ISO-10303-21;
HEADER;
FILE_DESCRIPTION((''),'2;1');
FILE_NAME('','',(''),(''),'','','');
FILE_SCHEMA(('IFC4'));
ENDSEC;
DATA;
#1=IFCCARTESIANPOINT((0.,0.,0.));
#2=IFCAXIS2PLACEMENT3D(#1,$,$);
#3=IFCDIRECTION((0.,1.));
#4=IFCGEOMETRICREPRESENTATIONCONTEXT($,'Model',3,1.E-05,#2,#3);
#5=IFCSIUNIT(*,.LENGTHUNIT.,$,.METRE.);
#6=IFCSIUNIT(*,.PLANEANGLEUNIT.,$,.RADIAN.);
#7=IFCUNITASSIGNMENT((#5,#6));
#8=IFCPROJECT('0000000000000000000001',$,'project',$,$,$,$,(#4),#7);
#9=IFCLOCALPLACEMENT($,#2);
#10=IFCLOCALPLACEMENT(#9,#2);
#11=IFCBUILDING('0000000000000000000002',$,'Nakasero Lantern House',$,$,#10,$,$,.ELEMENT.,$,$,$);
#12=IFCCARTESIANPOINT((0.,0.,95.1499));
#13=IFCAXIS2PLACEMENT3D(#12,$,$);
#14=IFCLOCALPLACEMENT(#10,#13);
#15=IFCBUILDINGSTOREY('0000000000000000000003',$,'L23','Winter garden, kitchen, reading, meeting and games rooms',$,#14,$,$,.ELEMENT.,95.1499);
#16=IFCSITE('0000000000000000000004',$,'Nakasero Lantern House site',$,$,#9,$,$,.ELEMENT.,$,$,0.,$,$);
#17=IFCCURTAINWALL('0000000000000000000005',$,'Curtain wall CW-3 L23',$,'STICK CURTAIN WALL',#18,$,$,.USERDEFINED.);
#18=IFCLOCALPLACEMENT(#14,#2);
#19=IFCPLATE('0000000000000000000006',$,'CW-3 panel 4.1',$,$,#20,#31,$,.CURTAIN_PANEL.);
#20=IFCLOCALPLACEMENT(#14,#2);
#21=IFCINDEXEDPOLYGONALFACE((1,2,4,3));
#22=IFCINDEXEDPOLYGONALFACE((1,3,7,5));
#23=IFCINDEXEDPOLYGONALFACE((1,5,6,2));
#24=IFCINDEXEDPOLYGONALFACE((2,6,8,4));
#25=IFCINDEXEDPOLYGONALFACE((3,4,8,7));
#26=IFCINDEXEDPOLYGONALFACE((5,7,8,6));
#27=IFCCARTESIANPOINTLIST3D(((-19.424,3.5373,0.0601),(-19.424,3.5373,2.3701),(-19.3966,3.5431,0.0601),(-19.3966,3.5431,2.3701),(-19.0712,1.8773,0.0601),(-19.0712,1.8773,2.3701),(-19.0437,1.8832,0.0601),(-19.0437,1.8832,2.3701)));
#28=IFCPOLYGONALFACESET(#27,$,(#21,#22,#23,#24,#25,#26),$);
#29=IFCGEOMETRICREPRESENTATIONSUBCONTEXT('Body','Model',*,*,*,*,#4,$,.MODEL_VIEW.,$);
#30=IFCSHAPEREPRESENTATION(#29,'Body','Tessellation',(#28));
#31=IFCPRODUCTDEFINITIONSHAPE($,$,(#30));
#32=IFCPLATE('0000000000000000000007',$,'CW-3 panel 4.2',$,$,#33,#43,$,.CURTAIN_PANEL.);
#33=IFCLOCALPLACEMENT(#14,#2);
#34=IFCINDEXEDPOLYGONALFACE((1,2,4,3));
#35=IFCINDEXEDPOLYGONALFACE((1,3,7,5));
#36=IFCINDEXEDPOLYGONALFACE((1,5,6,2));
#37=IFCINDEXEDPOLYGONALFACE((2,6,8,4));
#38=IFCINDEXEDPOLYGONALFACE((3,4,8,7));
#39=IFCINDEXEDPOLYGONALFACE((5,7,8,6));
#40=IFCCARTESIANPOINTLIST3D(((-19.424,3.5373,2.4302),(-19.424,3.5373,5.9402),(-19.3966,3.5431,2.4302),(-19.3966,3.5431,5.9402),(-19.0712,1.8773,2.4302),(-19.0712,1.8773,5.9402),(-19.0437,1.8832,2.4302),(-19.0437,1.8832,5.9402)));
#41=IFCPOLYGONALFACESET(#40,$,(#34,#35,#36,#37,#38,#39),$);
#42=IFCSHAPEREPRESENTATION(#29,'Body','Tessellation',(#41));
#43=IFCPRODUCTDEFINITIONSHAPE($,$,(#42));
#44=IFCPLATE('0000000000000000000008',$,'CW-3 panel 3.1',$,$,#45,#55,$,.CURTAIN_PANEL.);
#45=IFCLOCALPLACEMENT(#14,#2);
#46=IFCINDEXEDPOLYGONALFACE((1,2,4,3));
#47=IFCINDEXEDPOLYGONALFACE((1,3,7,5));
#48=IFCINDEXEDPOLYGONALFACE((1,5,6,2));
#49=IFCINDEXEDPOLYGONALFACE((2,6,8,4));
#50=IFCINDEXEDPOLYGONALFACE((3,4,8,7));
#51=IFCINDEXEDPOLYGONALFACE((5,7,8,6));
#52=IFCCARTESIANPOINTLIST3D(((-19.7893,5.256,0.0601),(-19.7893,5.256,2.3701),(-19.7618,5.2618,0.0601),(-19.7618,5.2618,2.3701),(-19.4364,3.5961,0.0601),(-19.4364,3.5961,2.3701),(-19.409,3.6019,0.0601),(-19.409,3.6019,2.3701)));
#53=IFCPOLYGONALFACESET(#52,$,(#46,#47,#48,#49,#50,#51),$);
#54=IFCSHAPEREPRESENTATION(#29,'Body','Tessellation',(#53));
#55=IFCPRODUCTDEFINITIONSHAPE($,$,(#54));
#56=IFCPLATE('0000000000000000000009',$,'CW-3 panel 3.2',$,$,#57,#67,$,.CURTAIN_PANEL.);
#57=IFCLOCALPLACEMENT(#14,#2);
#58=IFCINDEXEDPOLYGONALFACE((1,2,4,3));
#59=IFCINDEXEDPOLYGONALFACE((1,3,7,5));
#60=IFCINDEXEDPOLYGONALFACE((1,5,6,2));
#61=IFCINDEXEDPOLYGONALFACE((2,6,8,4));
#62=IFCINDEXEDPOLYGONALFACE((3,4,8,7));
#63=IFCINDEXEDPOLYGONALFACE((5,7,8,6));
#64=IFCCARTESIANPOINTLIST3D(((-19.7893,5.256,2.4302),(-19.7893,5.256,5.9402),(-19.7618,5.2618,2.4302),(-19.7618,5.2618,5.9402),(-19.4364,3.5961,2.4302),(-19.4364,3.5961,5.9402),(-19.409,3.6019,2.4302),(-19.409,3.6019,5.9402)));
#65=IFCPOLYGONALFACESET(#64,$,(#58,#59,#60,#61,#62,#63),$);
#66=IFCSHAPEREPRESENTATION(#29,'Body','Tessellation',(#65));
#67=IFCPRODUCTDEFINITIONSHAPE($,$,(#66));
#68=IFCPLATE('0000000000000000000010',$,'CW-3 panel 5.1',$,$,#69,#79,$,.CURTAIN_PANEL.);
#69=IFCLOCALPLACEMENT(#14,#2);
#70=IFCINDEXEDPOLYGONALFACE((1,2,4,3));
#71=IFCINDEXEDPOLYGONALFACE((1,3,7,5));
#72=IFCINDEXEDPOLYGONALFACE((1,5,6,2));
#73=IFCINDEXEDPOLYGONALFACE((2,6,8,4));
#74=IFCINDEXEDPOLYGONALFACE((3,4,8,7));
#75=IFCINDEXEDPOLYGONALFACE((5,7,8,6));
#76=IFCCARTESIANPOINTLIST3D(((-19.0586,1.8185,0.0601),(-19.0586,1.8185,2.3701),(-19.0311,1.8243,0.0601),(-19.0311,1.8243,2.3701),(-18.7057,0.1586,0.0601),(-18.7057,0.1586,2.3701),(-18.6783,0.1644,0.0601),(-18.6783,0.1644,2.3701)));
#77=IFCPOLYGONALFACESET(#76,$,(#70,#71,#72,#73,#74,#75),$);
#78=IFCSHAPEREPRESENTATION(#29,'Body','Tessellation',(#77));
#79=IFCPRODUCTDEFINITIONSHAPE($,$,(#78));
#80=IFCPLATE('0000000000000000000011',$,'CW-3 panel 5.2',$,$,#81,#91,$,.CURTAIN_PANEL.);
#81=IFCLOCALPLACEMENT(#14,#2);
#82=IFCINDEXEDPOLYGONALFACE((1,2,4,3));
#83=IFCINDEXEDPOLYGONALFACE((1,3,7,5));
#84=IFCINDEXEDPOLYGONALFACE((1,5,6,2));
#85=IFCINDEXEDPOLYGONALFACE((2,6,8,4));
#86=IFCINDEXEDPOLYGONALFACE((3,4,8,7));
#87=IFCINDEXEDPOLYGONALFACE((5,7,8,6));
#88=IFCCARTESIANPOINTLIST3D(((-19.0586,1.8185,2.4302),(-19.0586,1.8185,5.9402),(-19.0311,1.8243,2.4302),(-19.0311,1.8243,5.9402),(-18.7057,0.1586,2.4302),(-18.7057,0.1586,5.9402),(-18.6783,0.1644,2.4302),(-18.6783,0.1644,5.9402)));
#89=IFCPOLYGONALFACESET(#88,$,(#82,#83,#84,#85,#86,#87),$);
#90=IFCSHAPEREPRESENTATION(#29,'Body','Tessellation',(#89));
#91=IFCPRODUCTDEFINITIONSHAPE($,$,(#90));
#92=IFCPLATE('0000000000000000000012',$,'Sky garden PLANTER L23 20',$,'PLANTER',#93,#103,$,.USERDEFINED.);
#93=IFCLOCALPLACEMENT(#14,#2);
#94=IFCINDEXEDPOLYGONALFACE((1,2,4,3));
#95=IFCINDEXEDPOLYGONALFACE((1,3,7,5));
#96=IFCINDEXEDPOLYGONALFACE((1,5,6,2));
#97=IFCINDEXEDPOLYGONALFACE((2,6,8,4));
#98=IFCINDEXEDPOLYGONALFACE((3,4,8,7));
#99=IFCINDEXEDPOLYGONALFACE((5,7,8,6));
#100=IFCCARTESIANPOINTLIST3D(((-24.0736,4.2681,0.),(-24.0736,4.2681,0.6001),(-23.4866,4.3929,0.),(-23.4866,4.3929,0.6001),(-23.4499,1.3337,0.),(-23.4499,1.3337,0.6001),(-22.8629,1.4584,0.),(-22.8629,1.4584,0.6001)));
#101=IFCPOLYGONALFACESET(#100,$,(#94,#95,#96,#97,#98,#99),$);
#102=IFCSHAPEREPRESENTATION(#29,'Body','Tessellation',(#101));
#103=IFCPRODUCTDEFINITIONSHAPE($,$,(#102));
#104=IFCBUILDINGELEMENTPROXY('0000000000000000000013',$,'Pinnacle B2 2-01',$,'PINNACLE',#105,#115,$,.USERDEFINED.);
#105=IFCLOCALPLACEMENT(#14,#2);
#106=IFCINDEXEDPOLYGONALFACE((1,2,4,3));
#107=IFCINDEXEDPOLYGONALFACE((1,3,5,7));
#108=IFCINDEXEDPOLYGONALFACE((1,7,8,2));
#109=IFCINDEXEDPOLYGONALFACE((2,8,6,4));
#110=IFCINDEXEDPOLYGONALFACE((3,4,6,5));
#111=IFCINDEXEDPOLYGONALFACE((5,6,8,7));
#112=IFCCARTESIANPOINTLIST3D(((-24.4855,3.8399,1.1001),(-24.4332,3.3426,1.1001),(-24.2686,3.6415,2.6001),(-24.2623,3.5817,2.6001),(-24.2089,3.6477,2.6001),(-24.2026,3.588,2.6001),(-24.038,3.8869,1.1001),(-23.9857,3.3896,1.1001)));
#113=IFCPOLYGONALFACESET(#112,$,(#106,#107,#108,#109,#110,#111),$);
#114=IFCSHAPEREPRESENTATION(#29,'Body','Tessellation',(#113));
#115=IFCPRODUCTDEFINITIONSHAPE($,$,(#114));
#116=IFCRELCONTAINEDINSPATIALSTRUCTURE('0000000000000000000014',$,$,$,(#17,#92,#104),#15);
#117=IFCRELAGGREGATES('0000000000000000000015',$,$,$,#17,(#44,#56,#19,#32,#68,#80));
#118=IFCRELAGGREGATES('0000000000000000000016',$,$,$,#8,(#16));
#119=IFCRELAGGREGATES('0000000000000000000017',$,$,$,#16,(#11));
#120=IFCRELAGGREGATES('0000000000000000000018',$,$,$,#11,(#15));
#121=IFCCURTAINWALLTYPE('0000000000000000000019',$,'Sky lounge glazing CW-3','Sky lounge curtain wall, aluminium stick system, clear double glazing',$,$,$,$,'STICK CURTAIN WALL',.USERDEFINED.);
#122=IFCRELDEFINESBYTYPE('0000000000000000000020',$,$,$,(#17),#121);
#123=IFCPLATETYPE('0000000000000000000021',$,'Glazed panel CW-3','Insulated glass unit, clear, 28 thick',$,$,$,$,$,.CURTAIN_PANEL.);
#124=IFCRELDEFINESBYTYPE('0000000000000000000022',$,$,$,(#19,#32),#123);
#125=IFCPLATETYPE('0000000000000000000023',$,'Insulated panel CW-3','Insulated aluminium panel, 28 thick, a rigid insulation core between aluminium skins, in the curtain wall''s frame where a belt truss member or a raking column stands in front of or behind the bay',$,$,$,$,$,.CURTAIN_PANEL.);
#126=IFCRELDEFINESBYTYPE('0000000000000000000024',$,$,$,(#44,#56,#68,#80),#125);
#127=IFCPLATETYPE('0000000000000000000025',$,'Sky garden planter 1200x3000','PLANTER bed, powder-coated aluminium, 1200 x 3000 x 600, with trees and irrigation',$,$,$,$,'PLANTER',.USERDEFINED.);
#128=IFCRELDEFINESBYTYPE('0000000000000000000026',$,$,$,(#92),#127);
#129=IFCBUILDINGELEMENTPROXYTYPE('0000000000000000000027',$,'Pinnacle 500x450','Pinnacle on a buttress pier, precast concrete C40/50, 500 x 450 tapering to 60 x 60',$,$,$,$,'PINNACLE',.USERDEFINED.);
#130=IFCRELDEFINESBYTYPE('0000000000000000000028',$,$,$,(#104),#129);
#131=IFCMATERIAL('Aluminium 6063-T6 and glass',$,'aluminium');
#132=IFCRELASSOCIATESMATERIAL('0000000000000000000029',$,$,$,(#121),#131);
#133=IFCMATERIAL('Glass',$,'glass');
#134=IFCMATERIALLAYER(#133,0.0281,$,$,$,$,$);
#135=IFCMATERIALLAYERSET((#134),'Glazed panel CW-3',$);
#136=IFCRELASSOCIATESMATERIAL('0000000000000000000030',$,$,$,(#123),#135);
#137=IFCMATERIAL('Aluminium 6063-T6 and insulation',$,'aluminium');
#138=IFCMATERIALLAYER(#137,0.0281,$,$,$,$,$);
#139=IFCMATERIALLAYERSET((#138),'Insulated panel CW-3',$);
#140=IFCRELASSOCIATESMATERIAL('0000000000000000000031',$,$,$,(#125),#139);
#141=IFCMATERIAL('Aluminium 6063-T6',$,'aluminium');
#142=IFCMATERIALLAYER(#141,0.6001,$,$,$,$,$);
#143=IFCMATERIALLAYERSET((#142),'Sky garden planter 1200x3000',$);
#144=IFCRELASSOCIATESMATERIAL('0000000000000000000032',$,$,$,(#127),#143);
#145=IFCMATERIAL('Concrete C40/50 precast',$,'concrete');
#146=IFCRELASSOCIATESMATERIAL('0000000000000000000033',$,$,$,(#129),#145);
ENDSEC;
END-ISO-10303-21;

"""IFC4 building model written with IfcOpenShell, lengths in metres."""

from ifc_helpers import new_model, entity, si_unit, direction, frame, origin, origin_2d, place, context, subcontext, project, spatial, rectangle, extrude, material, layer, layer_set, type_object, element, aggregate, save


model = new_model("IFC4")

# Units and contexts
model_context = context("Model", 3, precision=1e-05, world=origin(), true_north=direction((0.0, 1.0)))
body_context = subcontext(model_context, "Body", "Model", "MODEL_VIEW")
ifc_project = project(units=[si_unit("LENGTHUNIT", "METRE"), si_unit("PLANEANGLEUNIT", "RADIAN")], contexts=[model_context])

# Site, building, storey
site_placement = place(None, origin())
site = spatial("IfcSite", under=ifc_project, at=site_placement, Name="Nakasero Lantern House site", CompositionType="ELEMENT", RefElevation=0.0)
building_placement = place(site_placement, origin())
building = spatial("IfcBuilding", under=site, at=building_placement, Name="Nakasero Lantern House", CompositionType="ELEMENT")
storey_placement = place(building_placement, frame((0.0, 0.0, 95.1499)))
storey = spatial("IfcBuildingStorey", under=building, at=storey_placement, Name="L23", Description="Winter garden, kitchen, reading, meeting and games rooms", CompositionType="ELEMENT", Elevation=95.1499)

# Curtain wall
ifc_material_1 = material(Name="Aluminium 6063-T6 and glass", Category="aluminium")
curtain_wall_type = type_object("IfcCurtainWallType", Name="Sky lounge glazing CW-3", Description="Sky lounge curtain wall, aluminium stick system, clear double glazing", ElementType="STICK CURTAIN WALL", PredefinedType="USERDEFINED", material=ifc_material_1)
curtain_wall_placement = place(storey_placement, origin())
curtain_wall = element("IfcCurtainWall", 1, at=curtain_wall_placement, inside=storey, type_object=curtain_wall_type, Name="Curtain wall CW-3 L23", ObjectType="STICK CURTAIN WALL", PredefinedType="USERDEFINED")

# Plates
ifc_material_2 = material(Name="Glass", Category="glass")
ifc_layer_1 = layer(ifc_material_2, 0.0281)
ifc_layer_set_1 = layer_set([ifc_layer_1], Name="Glazed panel CW-3")
plate_type_1 = type_object("IfcPlateType", Name="Glazed panel CW-3", Description="Insulated glass unit, clear, 28 thick", PredefinedType="CURTAIN_PANEL", material=ifc_layer_set_1)
plate_1_placement = place(storey_placement, frame((-19.2339, 2.7102, 0.0601), z_axis=(0.0, 0.0, 1.0), x_axis=(0.207912, -0.978148, 0.0)))
plate_1 = element("IfcPlate", 2, at=plate_1_placement, type_object=plate_type_1, Name="CW-3 panel 4.1", PredefinedType="CURTAIN_PANEL", context=body_context, shape_type="SweptSolid", body=[
    extrude(rectangle(XDim=1.697, YDim=0.0281, at=origin_2d()), origin(), (0.0, 0.0, 1.0), 2.3101),
])
plate_2_placement = place(storey_placement, frame((-19.2339, 2.7102, 2.4302), z_axis=(0.0, 0.0, 1.0), x_axis=(0.207912, -0.978148, 0.0)))
plate_2 = element("IfcPlate", 3, at=plate_2_placement, type_object=plate_type_1, Name="CW-3 panel 4.2", PredefinedType="CURTAIN_PANEL", context=body_context, shape_type="SweptSolid", body=[
    extrude(rectangle(XDim=1.697, YDim=0.0281, at=origin_2d()), origin(), (0.0, 0.0, 1.0), 3.51),
])
ifc_material_3 = material(Name="Aluminium 6063-T6 and insulation", Category="aluminium")
ifc_layer_2 = layer(ifc_material_3, 0.0281)
ifc_layer_set_2 = layer_set([ifc_layer_2], Name="Insulated panel CW-3")
plate_type_2 = type_object("IfcPlateType", Name="Insulated panel CW-3", Description="Insulated aluminium panel, 28 thick, a rigid insulation core between aluminium skins, in the curtain wall's frame where a belt truss member or a raking column stands in front of or behind the bay", PredefinedType="CURTAIN_PANEL", material=ifc_layer_set_2)
plate_3_placement = place(storey_placement, frame((-19.5991, 4.429, 0.0601), z_axis=(0.0, 0.0, 1.0), x_axis=(0.207912, -0.978148, 0.0)))
plate_3 = element("IfcPlate", 4, at=plate_3_placement, type_object=plate_type_2, Name="CW-3 panel 3.1", PredefinedType="CURTAIN_PANEL", context=body_context, shape_type="SweptSolid", body=[
    extrude(rectangle(XDim=1.697, YDim=0.0281, at=origin_2d()), origin(), (0.0, 0.0, 1.0), 2.3101),
])
plate_4_placement = place(storey_placement, frame((-19.5991, 4.429, 2.4302), z_axis=(0.0, 0.0, 1.0), x_axis=(0.207912, -0.978148, 0.0)))
plate_4 = element("IfcPlate", 5, at=plate_4_placement, type_object=plate_type_2, Name="CW-3 panel 3.2", PredefinedType="CURTAIN_PANEL", context=body_context, shape_type="SweptSolid", body=[
    extrude(rectangle(XDim=1.697, YDim=0.0281, at=origin_2d()), origin(), (0.0, 0.0, 1.0), 3.51),
])
plate_5_placement = place(storey_placement, frame((-18.8684, 0.9915, 0.0601), z_axis=(0.0, 0.0, 1.0), x_axis=(0.207912, -0.978148, 0.0)))
plate_5 = element("IfcPlate", 6, at=plate_5_placement, type_object=plate_type_2, Name="CW-3 panel 5.1", PredefinedType="CURTAIN_PANEL", context=body_context, shape_type="SweptSolid", body=[
    extrude(rectangle(XDim=1.697, YDim=0.0281, at=origin_2d()), origin(), (0.0, 0.0, 1.0), 2.3101),
])
plate_6_placement = place(storey_placement, frame((-18.8684, 0.9915, 2.4302), z_axis=(0.0, 0.0, 1.0), x_axis=(0.207912, -0.978148, 0.0)))
plate_6 = element("IfcPlate", 7, at=plate_6_placement, type_object=plate_type_2, Name="CW-3 panel 5.2", PredefinedType="CURTAIN_PANEL", context=body_context, shape_type="SweptSolid", body=[
    extrude(rectangle(XDim=1.697, YDim=0.0281, at=origin_2d()), origin(), (0.0, 0.0, 1.0), 3.51),
])
aggregate(curtain_wall, [plate_3, plate_4, plate_1, plate_2, plate_5, plate_6])
ifc_material_4 = material(Name="Aluminium 6063-T6", Category="aluminium")
ifc_layer_3 = layer(ifc_material_4, 0.6001)
ifc_layer_set_3 = layer_set([ifc_layer_3], Name="Sky garden planter 1200x3000")
plate_type_3 = type_object("IfcPlateType", Name="Sky garden planter 1200x3000", Description="PLANTER bed, powder-coated aluminium, 1200 x 3000 x 600, with trees and irrigation", ElementType="PLANTER", PredefinedType="USERDEFINED", material=ifc_layer_set_3)
plate_7_placement = place(storey_placement, frame((-23.4683, 2.8633, 0.0), z_axis=(0.0, 0.0, 1.0), x_axis=(-0.978148, -0.207912, 0.0)))
element("IfcPlate", 8, at=plate_7_placement, inside=storey, type_object=plate_type_3, Name="Sky garden PLANTER L23 20", ObjectType="PLANTER", PredefinedType="USERDEFINED", context=body_context, shape_type="SweptSolid", body=[
    extrude(rectangle(XDim=0.6001, YDim=3.0, at=origin_2d()), origin(), (0.0, 0.0, 1.0), 0.6001),
])

# Building element proxy
ifc_material_5 = material(Name="Concrete C40/50 precast", Category="concrete")
building_element_proxy_type = type_object("IfcBuildingElementProxyType", Name="Pinnacle 500x450", Description="Pinnacle on a buttress pier, precast concrete C40/50, 500 x 450 tapering to 60 x 60", ElementType="PINNACLE", PredefinedType="USERDEFINED", material=ifc_material_5)
proxy_placement = place(storey_placement, frame((-24.2356, 3.6147, 1.1001), z_axis=(0.0, 0.0, 1.0), x_axis=(-0.994522, -0.104528, 0.0)))
element("IfcBuildingElementProxy", 9, at=proxy_placement, inside=storey, type_object=building_element_proxy_type, Name="Pinnacle B2 2-01", ObjectType="PINNACLE", PredefinedType="USERDEFINED", context=body_context, shape_type="SweptSolid", body=[
    entity("IfcExtrudedAreaSolidTapered", entity("IfcRectangleProfileDef", "AREA", None, entity("IfcAxis2Placement2D", entity("IfcCartesianPoint", [0.0, 0.0])), 0.45, 0.5), entity("IfcAxis2Placement3D", entity("IfcCartesianPoint", [0.0, 0.0, 0.0])), entity("IfcDirection", [0.0, 0.0, 1.0]), 1.5, entity("IfcRectangleProfileDef", "AREA", None, entity("IfcAxis2Placement2D", entity("IfcCartesianPoint", [0.0, 0.0])), 0.0601, 0.0601)),
])

save(model, "model.ifc")
